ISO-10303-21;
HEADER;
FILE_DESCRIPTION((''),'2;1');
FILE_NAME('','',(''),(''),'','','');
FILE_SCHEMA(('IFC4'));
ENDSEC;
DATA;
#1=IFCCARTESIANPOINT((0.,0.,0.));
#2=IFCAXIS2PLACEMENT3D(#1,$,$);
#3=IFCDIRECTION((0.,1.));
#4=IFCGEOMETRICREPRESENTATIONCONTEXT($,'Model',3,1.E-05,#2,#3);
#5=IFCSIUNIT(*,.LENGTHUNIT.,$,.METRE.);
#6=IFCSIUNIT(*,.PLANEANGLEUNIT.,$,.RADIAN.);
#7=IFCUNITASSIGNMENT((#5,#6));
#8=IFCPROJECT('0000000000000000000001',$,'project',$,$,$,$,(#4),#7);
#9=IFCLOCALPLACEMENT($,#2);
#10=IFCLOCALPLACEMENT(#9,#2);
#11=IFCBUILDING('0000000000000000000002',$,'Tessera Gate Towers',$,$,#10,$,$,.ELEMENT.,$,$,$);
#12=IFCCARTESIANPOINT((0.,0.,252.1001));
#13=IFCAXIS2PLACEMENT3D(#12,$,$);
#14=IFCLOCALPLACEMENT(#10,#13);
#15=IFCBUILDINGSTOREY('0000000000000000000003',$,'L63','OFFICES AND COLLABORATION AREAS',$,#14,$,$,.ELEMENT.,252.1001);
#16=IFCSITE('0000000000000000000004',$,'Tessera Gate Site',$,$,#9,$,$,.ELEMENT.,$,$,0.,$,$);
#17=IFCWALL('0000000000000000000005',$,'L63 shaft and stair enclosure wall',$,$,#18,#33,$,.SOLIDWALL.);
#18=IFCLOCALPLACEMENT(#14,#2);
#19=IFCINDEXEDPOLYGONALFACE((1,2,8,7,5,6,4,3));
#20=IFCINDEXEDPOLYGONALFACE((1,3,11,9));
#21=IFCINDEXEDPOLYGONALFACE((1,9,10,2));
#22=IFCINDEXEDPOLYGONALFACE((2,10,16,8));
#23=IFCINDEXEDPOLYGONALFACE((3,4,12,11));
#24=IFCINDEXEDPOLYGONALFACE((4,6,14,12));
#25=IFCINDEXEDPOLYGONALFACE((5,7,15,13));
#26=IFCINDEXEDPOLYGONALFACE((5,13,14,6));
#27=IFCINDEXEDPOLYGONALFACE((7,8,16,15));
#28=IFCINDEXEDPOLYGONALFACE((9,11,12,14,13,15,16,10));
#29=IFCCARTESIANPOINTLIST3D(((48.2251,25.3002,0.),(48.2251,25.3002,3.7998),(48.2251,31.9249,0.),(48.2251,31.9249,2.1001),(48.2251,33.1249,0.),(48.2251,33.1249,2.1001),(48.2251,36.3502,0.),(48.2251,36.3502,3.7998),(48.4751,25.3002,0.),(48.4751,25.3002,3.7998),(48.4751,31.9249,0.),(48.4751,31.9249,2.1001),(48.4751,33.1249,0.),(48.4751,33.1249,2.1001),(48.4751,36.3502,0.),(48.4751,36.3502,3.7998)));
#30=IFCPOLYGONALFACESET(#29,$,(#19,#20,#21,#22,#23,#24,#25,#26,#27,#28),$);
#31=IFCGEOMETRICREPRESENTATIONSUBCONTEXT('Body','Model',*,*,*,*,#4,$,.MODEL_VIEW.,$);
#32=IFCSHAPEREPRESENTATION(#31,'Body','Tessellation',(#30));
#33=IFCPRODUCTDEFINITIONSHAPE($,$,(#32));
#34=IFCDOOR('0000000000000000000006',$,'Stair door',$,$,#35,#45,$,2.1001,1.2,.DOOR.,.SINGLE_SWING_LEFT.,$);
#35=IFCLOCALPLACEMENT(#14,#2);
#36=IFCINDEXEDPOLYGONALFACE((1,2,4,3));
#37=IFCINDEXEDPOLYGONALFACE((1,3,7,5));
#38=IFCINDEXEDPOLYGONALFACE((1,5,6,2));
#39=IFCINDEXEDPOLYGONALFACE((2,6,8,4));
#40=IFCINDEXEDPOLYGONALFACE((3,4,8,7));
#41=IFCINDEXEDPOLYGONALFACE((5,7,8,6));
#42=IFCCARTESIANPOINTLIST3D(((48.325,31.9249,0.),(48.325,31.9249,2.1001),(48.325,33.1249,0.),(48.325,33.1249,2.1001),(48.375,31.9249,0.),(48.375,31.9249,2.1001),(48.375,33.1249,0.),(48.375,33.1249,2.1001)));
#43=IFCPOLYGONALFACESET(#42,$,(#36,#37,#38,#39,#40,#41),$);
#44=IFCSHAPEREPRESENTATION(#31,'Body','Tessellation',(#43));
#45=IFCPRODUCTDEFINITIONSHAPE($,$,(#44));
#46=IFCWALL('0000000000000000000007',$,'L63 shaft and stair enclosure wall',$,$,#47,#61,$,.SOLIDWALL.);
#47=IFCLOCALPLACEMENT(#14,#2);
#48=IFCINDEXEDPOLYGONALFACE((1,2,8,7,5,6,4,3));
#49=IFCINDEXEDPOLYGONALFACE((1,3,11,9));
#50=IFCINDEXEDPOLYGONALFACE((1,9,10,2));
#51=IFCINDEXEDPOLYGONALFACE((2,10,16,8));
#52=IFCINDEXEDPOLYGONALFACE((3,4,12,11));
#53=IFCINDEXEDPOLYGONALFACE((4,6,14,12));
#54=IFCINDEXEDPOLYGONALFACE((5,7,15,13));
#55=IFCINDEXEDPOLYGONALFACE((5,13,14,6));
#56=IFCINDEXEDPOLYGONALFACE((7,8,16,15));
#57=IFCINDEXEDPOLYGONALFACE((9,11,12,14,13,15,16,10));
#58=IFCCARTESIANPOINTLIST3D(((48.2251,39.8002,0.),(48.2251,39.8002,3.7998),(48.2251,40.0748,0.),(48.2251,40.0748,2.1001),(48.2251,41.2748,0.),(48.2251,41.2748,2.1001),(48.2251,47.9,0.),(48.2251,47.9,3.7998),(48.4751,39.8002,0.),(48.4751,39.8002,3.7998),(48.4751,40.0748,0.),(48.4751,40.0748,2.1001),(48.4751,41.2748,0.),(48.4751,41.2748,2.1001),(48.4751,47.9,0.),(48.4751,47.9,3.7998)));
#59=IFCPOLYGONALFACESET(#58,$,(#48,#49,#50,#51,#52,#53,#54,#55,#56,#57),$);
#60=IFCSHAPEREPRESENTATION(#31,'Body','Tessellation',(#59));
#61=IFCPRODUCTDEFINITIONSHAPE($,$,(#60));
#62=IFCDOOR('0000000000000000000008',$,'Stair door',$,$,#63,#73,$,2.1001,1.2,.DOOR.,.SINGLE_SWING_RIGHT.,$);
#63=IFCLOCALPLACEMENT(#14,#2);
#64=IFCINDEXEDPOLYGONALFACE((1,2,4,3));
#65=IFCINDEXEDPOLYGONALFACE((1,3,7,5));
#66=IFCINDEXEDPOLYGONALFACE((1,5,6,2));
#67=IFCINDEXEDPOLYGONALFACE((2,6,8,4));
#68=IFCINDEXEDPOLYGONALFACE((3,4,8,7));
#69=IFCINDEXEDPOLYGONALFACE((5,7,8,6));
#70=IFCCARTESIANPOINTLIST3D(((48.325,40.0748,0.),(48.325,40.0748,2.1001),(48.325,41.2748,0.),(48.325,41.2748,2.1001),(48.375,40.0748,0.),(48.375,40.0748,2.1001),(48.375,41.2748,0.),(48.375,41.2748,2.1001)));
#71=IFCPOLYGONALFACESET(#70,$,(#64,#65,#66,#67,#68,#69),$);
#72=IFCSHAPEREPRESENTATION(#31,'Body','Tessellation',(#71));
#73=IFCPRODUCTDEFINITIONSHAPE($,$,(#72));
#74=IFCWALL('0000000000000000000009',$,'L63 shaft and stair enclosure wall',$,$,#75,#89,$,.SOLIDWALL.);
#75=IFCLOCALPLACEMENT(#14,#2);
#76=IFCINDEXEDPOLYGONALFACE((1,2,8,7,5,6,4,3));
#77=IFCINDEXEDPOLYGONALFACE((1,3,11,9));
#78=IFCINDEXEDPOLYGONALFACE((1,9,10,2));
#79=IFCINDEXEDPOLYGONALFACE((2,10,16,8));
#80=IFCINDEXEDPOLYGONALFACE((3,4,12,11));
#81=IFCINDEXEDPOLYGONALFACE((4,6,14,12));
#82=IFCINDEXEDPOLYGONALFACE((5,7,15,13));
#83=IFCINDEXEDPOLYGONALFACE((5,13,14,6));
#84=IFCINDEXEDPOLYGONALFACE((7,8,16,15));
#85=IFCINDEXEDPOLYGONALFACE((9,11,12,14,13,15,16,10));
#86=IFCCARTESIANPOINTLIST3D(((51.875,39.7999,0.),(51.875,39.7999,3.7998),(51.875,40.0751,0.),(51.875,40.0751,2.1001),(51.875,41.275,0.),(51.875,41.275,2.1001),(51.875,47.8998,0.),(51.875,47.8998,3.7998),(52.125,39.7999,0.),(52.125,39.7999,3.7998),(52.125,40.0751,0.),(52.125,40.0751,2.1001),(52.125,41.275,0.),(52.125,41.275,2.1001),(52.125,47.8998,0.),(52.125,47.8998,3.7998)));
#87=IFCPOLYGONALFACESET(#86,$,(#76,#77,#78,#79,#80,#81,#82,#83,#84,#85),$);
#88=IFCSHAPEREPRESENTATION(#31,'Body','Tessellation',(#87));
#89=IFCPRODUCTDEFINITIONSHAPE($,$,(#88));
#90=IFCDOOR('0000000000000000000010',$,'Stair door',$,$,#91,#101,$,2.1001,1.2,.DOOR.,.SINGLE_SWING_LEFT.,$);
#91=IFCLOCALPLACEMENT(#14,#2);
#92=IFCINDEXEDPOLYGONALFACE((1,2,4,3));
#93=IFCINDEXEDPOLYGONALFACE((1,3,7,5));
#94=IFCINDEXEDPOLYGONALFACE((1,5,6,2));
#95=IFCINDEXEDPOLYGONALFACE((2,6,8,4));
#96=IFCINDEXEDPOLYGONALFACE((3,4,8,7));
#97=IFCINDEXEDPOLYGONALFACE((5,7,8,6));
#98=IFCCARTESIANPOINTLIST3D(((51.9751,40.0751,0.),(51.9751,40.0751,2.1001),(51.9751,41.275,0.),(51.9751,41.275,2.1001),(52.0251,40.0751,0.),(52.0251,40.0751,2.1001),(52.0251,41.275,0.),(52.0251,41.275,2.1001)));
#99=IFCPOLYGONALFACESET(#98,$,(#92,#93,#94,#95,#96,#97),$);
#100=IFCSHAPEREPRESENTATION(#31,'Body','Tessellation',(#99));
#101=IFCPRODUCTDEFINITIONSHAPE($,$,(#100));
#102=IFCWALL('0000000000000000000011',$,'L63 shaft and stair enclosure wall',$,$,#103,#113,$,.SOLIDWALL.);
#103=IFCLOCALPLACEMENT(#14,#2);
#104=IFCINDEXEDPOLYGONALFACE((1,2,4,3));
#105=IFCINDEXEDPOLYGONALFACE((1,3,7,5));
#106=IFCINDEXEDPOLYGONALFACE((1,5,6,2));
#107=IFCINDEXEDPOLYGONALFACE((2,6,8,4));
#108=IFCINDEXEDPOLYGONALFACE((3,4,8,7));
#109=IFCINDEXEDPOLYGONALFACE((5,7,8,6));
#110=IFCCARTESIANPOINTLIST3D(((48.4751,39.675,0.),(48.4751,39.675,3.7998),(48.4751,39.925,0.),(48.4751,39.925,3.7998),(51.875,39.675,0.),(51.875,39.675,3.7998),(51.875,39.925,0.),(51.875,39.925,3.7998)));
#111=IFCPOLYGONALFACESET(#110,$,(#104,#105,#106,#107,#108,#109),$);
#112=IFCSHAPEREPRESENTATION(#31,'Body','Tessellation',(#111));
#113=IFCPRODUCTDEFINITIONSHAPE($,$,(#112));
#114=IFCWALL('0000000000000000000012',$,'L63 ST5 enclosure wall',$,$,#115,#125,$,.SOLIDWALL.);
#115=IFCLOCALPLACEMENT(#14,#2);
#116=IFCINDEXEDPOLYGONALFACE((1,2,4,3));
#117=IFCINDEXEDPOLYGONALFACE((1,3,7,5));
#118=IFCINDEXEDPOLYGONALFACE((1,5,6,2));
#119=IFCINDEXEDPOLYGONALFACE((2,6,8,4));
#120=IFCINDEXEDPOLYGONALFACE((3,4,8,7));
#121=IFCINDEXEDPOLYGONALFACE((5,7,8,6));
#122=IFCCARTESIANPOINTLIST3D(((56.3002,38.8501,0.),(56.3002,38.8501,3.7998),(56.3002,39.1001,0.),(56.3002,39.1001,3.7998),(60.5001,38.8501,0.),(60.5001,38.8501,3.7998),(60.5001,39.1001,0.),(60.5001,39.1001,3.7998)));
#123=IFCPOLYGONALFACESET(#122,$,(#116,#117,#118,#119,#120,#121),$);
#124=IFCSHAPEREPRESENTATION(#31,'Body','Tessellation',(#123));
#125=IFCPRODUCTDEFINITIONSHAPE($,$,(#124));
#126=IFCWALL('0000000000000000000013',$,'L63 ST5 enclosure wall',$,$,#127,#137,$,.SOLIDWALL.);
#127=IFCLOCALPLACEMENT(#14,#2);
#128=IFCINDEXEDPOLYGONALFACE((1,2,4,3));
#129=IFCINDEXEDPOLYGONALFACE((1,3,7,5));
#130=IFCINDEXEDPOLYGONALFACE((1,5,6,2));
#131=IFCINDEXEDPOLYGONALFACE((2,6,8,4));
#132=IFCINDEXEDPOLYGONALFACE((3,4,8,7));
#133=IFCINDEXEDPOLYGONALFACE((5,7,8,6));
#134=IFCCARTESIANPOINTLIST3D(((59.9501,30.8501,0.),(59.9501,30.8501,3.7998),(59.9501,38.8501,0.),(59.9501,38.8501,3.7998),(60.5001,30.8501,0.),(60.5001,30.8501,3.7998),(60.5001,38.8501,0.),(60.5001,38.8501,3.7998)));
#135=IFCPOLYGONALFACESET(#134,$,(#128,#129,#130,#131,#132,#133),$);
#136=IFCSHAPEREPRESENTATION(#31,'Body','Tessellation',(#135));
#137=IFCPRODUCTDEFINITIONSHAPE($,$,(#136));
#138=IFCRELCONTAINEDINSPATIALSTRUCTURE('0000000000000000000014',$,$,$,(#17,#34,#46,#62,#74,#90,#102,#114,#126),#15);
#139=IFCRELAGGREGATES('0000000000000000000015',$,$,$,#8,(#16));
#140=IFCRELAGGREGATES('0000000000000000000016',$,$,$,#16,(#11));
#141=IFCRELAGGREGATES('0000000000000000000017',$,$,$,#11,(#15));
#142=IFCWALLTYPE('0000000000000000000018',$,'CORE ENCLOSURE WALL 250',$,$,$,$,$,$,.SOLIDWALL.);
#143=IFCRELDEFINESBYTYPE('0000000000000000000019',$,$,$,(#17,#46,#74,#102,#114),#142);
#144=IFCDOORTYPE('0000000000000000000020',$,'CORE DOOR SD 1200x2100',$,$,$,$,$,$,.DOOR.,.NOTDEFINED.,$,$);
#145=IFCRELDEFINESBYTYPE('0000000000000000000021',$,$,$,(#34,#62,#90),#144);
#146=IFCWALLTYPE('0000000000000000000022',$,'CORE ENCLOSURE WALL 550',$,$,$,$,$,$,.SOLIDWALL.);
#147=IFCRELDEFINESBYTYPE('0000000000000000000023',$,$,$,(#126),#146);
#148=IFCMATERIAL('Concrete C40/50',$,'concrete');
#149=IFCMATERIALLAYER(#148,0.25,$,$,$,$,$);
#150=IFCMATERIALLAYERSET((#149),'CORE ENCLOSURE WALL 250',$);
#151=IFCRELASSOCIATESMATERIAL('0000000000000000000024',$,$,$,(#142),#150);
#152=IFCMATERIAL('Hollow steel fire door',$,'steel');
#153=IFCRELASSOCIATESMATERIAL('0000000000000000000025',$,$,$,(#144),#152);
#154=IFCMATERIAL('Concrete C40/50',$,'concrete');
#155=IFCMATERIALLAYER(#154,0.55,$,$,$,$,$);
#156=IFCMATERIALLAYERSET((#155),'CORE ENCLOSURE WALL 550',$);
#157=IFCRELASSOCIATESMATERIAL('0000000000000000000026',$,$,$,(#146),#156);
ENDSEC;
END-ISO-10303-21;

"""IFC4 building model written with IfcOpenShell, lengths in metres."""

from ifc_helpers import new_model, si_unit, direction, frame, frame_2d, origin, place, context, subcontext, project, spatial, rectangle, extrude, source, transform, mapped, material, layer, layer_set, type_object, element, fill, save


model = new_model("IFC4")

# Units and contexts
model_context = context("Model", 3, precision=1e-05, world=origin(), true_north=direction((0.0, 1.0)))
body_context = subcontext(model_context, "Body", "Model", "MODEL_VIEW")
ifc_project = project(units=[si_unit("LENGTHUNIT", "METRE"), si_unit("PLANEANGLEUNIT", "RADIAN")], contexts=[model_context])

# Site, building, storey
site_placement = place(None, origin())
site = spatial("IfcSite", under=ifc_project, at=site_placement, Name="Tessera Gate Site", CompositionType="ELEMENT", RefElevation=0.0)
building_placement = place(site_placement, origin())
building = spatial("IfcBuilding", under=site, at=building_placement, Name="Tessera Gate Towers", CompositionType="ELEMENT")
storey_placement = place(building_placement, frame((0.0, 0.0, 252.1001)))
storey = spatial("IfcBuildingStorey", under=building, at=storey_placement, Name="L63", Description="OFFICES AND COLLABORATION AREAS", CompositionType="ELEMENT", Elevation=252.1001)

# Walls, openings, doors
ifc_material_1 = material(Name="Concrete C40/50", Category="concrete")
ifc_layer_1 = layer(ifc_material_1, 0.25)
ifc_layer_set_1 = layer_set([ifc_layer_1], Name="CORE ENCLOSURE WALL 250")
wall_type_1 = type_object("IfcWallType", Name="CORE ENCLOSURE WALL 250", PredefinedType="SOLIDWALL", material=ifc_layer_set_1)
wall_1_placement = place(storey_placement, frame((48.3501, 36.3501, 0.0), z_axis=(0.0, 0.0, 1.0), x_axis=(0.0, -1.0, 0.0)))
wall_1 = element("IfcWall", 1, at=wall_1_placement, inside=storey, type_object=wall_type_1, Name="L63 shaft and stair enclosure wall", PredefinedType="SOLIDWALL", context=body_context, shape_type="SweptSolid", body=[
    extrude(rectangle(XDim=11.05, YDim=0.25, at=frame_2d((5.5249, 0.0))), origin(), (0.0, 0.0, 1.0), 3.7998),
])
shared_shape_1 = source(origin(), body_context, "Body", "SweptSolid", [
    extrude(rectangle(XDim=1.2, YDim=2.1001, at=frame_2d((0.6001, 1.05))), frame((0.0, 0.135, 0.0), z_axis=(0.0, -1.0, 0.0), x_axis=(1.0, 0.0, 0.0)), (0.0, 0.0, 1.0), 0.27),
])
opening_1_placement = place(wall_1_placement, frame((3.2251, 0.0, 0.0)))
opening_1 = element("IfcOpeningElement", 2, at=opening_1_placement, cuts=wall_1, PredefinedType="OPENING", context=body_context, shape_type="MappedRepresentation", body=[
    mapped(shared_shape_1, transform((0.0, 0.0, 0.0), scale=1.0)),
])
ifc_material_2 = material(Name="Hollow steel fire door", Category="steel")
door_type_1 = type_object("IfcDoorType", Name="CORE DOOR SD 1200x2100", OperationType="NOTDEFINED", PredefinedType="DOOR", material=ifc_material_2)
shared_shape_2 = source(origin(), body_context, "Body", "SweptSolid", [
    extrude(rectangle(XDim=1.2, YDim=2.1001, at=frame_2d((0.6001, 1.05))), frame((0.0, 0.0249, 0.0), z_axis=(0.0, -1.0, 0.0), x_axis=(1.0, 0.0, 0.0)), (0.0, 0.0, 1.0), 0.05),
])
door_1_placement = place(opening_1_placement, origin())
door_1 = element("IfcDoor", 3, at=door_1_placement, inside=storey, type_object=door_type_1, Name="Stair door", OperationType="SINGLE_SWING_LEFT", OverallHeight=2.1001, OverallWidth=1.2, PredefinedType="DOOR", context=body_context, shape_type="MappedRepresentation", body=[
    mapped(shared_shape_2, transform((0.0, 0.0, 0.0), scale=1.0)),
])
fill(opening_1, door_1)
wall_2_placement = place(storey_placement, frame((48.3501, 47.8999, 0.0), z_axis=(0.0, 0.0, 1.0), x_axis=(0.0, -1.0, 0.0)))
wall_2 = element("IfcWall", 4, at=wall_2_placement, inside=storey, type_object=wall_type_1, Name="L63 shaft and stair enclosure wall", PredefinedType="SOLIDWALL", context=body_context, shape_type="SweptSolid", body=[
    extrude(rectangle(XDim=8.0999, YDim=0.25, at=frame_2d((4.0498, 0.0))), origin(), (0.0, 0.0, 1.0), 3.7998),
])
opening_2_placement = place(wall_2_placement, frame((6.625, 0.0, 0.0)))
opening_2 = element("IfcOpeningElement", 5, at=opening_2_placement, cuts=wall_2, PredefinedType="OPENING", context=body_context, shape_type="MappedRepresentation", body=[
    mapped(shared_shape_1, transform((0.0, 0.0, 0.0), scale=1.0)),
])
door_2_placement = place(opening_2_placement, origin())
door_2 = element("IfcDoor", 6, at=door_2_placement, inside=storey, type_object=door_type_1, Name="Stair door", OperationType="SINGLE_SWING_RIGHT", OverallHeight=2.1001, OverallWidth=1.2, PredefinedType="DOOR", context=body_context, shape_type="MappedRepresentation", body=[
    mapped(shared_shape_2, transform((0.0, 0.0, 0.0), scale=1.0)),
])
fill(opening_2, door_2)
wall_3_placement = place(storey_placement, frame((52.0, 39.8, 0.0), z_axis=(0.0, 0.0, 1.0), x_axis=(0.0, 1.0, 0.0)))
wall_3 = element("IfcWall", 7, at=wall_3_placement, inside=storey, type_object=wall_type_1, Name="L63 shaft and stair enclosure wall", PredefinedType="SOLIDWALL", context=body_context, shape_type="SweptSolid", body=[
    extrude(rectangle(XDim=8.0999, YDim=0.25, at=frame_2d((4.0498, 0.0))), origin(), (0.0, 0.0, 1.0), 3.7998),
])
opening_3_placement = place(wall_3_placement, frame((0.2749, 0.0, 0.0)))
opening_3 = element("IfcOpeningElement", 8, at=opening_3_placement, cuts=wall_3, PredefinedType="OPENING", context=body_context, shape_type="MappedRepresentation", body=[
    mapped(shared_shape_1, transform((0.0, 0.0, 0.0), scale=1.0)),
])
door_3_placement = place(opening_3_placement, origin())
door_3 = element("IfcDoor", 9, at=door_3_placement, inside=storey, type_object=door_type_1, Name="Stair door", OperationType="SINGLE_SWING_LEFT", OverallHeight=2.1001, OverallWidth=1.2, PredefinedType="DOOR", context=body_context, shape_type="MappedRepresentation", body=[
    mapped(shared_shape_2, transform((0.0, 0.0, 0.0), scale=1.0)),
])
fill(opening_3, door_3)

# Walls
wall_4_placement = place(storey_placement, frame((48.4751, 39.8, 0.0), z_axis=(0.0, 0.0, 1.0), x_axis=(1.0, 0.0, 0.0)))
element("IfcWall", 10, at=wall_4_placement, inside=storey, type_object=wall_type_1, Name="L63 shaft and stair enclosure wall", PredefinedType="SOLIDWALL", context=body_context, shape_type="SweptSolid", body=[
    extrude(rectangle(XDim=3.3999, YDim=0.25, at=frame_2d((1.7, 0.0))), origin(), (0.0, 0.0, 1.0), 3.7998),
])
wall_5_placement = place(storey_placement, frame((56.3, 38.9751, 0.0), z_axis=(0.0, 0.0, 1.0), x_axis=(1.0, 0.0, 0.0)))
element("IfcWall", 11, at=wall_5_placement, inside=storey, type_object=wall_type_1, Name="L63 ST5 enclosure wall", PredefinedType="SOLIDWALL", context=body_context, shape_type="SweptSolid", body=[
    extrude(rectangle(XDim=4.2, YDim=0.25, at=frame_2d((2.1001, 0.0))), origin(), (0.0, 0.0, 1.0), 3.7998),
])
ifc_material_3 = material(Name="Concrete C40/50", Category="concrete")
ifc_layer_2 = layer(ifc_material_3, 0.55)
ifc_layer_set_2 = layer_set([ifc_layer_2], Name="CORE ENCLOSURE WALL 550")
wall_type_2 = type_object("IfcWallType", Name="CORE ENCLOSURE WALL 550", PredefinedType="SOLIDWALL", material=ifc_layer_set_2)
wall_6_placement = place(storey_placement, frame((60.2251, 38.8501, 0.0), z_axis=(0.0, 0.0, 1.0), x_axis=(0.0, -1.0, 0.0)))
element("IfcWall", 12, at=wall_6_placement, inside=storey, type_object=wall_type_2, Name="L63 ST5 enclosure wall", PredefinedType="SOLIDWALL", context=body_context, shape_type="SweptSolid", body=[
    extrude(rectangle(XDim=8.0, YDim=0.55, at=frame_2d((4.0, 0.0))), origin(), (0.0, 0.0, 1.0), 3.7998),
])

save(model, "model.ifc")
